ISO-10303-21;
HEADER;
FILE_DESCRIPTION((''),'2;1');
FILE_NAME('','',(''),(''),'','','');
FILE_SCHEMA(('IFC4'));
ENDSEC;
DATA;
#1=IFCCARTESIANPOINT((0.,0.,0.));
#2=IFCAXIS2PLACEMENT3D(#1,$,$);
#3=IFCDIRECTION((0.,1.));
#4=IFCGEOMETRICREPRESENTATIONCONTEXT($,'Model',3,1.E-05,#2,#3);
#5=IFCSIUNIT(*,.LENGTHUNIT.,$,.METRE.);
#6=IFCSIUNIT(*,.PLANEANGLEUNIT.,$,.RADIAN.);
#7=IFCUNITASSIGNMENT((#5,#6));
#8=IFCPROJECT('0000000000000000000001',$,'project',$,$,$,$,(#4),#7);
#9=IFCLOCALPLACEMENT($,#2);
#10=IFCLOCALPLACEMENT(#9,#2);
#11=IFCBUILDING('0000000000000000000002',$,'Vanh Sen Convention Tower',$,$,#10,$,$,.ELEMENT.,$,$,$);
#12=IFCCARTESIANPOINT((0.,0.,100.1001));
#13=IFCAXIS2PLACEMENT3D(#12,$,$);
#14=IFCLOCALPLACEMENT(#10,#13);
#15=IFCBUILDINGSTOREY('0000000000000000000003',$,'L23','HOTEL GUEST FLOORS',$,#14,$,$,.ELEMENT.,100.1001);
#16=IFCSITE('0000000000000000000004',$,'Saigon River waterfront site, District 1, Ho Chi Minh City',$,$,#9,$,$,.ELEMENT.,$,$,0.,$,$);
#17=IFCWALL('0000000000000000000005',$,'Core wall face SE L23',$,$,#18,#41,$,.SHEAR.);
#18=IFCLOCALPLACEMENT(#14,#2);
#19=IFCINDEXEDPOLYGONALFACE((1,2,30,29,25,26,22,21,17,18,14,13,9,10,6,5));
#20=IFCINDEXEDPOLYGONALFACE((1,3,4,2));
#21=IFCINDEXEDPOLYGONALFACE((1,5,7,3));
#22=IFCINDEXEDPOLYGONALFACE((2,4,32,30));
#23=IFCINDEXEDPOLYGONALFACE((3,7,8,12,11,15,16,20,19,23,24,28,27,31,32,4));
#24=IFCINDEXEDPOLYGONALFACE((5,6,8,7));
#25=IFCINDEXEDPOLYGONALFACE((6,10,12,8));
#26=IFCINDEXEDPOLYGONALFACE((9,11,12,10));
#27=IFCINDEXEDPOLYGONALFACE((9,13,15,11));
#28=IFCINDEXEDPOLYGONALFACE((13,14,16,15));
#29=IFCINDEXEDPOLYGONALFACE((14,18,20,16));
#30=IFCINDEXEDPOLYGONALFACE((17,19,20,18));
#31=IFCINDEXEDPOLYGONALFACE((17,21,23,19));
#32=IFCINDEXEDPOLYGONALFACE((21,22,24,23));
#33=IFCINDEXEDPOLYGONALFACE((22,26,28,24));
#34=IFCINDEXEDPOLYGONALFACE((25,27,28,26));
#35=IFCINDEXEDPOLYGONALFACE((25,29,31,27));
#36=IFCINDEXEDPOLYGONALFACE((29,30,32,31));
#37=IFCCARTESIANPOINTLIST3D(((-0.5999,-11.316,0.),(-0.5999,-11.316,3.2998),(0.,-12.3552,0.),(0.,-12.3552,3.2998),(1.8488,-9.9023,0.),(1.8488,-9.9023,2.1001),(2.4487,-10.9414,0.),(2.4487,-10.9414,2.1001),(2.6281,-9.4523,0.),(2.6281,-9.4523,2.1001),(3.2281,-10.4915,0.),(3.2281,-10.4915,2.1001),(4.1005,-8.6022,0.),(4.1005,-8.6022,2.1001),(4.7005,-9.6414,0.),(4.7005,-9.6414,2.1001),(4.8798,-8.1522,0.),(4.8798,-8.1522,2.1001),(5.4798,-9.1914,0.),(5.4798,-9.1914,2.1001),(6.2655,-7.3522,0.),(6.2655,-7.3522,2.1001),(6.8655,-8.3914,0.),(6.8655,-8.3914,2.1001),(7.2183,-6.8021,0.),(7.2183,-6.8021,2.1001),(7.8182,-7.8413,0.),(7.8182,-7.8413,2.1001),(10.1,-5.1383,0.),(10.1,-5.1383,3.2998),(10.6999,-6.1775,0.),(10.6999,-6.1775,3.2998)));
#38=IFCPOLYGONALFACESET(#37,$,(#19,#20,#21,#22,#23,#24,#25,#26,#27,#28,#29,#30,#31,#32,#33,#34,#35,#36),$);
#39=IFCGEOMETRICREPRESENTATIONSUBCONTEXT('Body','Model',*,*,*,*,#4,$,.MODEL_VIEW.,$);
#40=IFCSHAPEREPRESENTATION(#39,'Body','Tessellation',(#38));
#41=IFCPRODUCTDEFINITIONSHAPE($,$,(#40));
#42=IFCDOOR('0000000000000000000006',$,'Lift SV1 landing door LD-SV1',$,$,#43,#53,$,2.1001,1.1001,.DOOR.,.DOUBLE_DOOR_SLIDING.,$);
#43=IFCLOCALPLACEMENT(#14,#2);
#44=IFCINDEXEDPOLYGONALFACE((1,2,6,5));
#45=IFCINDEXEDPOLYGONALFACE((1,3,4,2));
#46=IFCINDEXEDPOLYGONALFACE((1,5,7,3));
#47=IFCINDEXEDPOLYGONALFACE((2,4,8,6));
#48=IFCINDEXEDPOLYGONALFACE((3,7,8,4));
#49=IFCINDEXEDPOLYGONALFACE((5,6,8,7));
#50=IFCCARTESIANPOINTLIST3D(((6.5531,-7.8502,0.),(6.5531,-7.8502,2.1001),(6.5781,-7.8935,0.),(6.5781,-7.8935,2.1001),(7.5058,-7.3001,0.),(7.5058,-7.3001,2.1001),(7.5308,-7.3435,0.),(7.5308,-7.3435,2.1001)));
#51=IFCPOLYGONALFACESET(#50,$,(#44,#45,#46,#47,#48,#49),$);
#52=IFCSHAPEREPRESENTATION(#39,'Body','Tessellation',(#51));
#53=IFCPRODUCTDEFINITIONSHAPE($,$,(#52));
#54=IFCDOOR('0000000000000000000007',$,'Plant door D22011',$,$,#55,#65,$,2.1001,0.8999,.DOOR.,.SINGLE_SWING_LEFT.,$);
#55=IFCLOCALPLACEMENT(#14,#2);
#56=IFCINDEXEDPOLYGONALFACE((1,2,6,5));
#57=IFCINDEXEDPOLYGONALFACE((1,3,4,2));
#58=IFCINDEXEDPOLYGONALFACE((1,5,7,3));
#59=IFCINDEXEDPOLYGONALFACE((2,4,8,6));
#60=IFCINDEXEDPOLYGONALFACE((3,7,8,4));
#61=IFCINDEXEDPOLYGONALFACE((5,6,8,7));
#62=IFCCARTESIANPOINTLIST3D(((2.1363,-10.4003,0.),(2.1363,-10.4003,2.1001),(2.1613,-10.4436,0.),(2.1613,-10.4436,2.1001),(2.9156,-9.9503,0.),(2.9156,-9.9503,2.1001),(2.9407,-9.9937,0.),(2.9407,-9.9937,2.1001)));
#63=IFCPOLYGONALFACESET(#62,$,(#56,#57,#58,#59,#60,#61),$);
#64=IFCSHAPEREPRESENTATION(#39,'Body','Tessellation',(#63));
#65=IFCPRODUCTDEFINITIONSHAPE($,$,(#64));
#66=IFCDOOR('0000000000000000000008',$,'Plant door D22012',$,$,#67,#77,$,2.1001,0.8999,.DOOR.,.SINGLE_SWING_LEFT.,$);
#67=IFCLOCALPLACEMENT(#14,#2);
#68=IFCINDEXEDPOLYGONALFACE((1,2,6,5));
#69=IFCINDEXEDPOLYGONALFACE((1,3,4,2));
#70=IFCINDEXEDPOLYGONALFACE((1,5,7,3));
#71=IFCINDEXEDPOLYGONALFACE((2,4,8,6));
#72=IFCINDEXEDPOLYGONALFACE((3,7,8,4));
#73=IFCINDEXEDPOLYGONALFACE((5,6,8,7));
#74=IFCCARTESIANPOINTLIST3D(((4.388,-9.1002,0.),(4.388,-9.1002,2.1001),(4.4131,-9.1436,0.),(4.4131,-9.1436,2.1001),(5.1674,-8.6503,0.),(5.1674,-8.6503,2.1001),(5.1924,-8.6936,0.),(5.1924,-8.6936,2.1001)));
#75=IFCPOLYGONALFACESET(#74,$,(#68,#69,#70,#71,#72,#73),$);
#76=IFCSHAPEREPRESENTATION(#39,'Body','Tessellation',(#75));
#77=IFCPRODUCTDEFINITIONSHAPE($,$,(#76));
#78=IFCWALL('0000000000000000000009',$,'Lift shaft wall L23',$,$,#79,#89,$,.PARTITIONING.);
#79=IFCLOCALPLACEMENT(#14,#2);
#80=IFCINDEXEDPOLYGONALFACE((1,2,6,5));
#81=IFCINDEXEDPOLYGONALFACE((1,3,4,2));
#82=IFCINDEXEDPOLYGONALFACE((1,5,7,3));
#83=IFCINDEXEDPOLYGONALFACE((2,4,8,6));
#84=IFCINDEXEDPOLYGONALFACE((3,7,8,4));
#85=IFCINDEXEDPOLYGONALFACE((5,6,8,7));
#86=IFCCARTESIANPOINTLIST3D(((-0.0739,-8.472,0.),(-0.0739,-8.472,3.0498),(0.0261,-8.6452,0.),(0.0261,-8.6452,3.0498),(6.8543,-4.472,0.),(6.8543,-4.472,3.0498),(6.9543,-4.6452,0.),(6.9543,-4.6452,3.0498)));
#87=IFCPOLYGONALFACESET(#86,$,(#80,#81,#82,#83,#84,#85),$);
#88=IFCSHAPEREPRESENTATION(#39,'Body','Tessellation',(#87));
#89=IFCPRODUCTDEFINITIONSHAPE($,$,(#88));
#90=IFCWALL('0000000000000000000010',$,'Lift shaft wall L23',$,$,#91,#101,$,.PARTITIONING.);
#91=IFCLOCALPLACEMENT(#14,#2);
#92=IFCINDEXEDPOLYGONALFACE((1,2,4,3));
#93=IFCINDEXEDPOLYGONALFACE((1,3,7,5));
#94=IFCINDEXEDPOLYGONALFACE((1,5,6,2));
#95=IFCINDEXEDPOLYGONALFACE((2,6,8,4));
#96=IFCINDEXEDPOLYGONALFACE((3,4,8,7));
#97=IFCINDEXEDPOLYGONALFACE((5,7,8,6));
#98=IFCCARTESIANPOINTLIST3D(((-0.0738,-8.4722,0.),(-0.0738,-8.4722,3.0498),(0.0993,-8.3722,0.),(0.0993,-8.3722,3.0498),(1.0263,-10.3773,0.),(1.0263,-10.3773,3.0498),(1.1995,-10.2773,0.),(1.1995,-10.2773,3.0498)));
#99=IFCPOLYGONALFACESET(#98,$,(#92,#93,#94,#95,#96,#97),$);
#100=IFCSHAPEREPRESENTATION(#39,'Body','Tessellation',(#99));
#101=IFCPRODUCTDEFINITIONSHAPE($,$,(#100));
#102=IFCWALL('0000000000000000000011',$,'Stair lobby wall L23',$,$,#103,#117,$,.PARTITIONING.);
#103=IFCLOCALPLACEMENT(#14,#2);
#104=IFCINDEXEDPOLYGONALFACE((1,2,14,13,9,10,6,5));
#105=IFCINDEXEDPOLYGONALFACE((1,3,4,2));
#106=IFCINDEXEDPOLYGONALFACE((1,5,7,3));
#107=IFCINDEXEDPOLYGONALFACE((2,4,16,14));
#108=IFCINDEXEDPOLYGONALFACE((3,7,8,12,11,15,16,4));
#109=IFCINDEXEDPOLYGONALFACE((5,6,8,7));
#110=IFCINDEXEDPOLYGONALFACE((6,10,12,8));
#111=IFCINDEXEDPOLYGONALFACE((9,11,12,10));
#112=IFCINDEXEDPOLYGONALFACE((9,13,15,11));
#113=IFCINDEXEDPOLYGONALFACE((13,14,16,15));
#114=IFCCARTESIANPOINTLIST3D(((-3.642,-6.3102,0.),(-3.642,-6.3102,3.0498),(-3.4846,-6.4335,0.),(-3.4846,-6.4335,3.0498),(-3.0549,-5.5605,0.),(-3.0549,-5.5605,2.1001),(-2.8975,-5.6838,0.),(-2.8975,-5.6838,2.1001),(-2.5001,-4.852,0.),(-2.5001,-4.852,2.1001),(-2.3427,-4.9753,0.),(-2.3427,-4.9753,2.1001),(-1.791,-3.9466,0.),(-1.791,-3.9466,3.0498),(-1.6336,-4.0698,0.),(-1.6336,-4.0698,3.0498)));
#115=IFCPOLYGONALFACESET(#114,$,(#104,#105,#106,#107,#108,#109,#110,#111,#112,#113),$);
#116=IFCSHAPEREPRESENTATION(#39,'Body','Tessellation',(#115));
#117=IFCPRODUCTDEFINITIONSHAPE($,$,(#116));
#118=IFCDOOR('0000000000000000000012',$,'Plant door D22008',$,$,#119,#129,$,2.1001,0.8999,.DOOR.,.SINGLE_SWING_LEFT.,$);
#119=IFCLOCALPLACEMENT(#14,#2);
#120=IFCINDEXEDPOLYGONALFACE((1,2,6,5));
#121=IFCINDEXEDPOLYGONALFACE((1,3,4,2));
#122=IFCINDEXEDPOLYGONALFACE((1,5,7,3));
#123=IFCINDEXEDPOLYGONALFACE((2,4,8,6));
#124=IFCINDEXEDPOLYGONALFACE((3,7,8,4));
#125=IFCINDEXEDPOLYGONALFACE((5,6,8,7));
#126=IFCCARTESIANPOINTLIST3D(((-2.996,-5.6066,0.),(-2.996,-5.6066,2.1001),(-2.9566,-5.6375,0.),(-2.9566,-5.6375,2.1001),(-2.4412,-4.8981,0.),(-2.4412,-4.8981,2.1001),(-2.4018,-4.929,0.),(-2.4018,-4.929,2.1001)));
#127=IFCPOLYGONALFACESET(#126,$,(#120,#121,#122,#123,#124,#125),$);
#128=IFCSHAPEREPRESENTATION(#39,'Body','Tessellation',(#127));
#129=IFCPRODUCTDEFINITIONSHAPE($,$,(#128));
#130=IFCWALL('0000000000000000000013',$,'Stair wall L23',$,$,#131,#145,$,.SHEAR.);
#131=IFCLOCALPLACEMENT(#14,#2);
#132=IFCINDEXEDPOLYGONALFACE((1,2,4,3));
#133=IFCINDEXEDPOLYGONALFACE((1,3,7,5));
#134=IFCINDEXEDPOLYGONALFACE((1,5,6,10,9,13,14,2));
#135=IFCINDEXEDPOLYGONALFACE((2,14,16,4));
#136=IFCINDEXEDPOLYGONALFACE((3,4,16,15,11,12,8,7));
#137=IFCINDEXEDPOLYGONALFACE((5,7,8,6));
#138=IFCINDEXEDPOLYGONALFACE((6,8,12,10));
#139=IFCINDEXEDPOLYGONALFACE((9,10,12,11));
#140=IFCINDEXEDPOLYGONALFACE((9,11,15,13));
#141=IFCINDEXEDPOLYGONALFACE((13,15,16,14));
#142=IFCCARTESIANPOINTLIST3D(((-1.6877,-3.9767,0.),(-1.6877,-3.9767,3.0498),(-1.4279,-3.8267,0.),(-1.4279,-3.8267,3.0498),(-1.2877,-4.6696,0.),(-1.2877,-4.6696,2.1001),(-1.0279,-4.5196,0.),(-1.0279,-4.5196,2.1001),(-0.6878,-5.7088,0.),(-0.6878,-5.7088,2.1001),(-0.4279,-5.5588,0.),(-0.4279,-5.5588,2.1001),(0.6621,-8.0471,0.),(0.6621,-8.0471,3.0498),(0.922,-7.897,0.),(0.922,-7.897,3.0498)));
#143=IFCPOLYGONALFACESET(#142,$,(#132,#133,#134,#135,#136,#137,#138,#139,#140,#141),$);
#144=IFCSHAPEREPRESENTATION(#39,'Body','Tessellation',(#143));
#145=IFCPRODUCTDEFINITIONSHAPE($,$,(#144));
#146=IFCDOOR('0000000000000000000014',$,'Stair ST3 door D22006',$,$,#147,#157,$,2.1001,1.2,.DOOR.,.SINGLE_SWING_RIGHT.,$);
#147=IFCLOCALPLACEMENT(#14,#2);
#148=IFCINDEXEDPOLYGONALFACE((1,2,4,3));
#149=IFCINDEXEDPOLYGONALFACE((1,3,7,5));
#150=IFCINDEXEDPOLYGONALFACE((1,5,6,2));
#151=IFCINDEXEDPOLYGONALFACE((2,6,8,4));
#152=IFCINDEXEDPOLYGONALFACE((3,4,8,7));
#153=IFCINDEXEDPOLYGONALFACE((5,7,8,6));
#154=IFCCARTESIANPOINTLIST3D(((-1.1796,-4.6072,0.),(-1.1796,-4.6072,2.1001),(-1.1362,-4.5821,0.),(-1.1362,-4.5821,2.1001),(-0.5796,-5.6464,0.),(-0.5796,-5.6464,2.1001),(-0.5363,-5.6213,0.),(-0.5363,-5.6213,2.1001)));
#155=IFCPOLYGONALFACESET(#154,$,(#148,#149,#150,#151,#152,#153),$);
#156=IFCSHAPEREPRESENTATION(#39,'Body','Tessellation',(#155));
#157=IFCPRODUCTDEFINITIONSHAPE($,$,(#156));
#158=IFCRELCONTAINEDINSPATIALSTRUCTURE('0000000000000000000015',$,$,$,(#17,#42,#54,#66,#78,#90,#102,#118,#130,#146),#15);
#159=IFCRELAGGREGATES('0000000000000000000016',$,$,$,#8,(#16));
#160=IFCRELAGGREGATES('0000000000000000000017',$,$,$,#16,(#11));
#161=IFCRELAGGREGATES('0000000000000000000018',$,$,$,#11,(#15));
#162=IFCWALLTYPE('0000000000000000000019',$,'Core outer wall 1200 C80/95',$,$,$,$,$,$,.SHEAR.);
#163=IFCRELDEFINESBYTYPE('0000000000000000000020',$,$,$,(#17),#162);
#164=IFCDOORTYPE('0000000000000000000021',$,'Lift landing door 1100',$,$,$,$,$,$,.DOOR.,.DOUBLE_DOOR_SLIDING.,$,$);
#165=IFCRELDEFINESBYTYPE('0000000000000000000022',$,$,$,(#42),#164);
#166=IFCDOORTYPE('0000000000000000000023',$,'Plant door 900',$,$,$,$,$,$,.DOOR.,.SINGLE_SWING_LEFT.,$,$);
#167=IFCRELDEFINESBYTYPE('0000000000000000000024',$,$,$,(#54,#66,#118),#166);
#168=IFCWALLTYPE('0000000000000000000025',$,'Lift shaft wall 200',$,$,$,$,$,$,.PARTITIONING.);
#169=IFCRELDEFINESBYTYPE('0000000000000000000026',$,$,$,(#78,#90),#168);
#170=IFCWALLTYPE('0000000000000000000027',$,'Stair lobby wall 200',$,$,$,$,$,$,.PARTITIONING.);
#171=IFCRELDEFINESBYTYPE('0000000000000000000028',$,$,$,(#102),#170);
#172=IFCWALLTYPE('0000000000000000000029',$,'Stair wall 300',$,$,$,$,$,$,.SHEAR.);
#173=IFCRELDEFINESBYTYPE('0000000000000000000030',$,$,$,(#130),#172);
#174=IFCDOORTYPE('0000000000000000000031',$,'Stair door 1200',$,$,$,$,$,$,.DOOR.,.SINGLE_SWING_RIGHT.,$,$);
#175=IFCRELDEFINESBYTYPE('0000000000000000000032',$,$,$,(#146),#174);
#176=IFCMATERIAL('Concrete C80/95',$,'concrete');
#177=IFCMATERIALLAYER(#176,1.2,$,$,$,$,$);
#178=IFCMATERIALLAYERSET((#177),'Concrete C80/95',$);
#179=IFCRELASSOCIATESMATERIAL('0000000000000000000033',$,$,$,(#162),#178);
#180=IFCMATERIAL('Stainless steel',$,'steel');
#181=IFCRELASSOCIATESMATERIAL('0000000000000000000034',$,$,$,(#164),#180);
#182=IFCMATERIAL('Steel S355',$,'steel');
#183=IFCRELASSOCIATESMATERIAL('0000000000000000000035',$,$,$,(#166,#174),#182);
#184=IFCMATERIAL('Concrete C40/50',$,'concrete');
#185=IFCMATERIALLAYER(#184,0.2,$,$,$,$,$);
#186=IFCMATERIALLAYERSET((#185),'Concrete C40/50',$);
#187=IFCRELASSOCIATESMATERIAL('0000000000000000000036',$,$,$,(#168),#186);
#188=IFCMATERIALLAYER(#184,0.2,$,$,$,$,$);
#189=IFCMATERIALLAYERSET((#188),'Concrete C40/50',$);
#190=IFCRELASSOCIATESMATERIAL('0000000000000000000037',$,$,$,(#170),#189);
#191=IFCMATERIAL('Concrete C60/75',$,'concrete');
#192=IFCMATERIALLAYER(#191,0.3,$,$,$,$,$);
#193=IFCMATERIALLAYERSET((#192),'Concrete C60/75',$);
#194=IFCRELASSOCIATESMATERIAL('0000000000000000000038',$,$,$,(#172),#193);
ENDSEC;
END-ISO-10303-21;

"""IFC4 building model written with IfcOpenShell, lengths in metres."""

from ifc_helpers import new_model, si_unit, direction, frame, frame_2d, origin, place, context, subcontext, project, spatial, rectangle, extrude, material, layer, layer_set, type_object, element, fill, save


model = new_model("IFC4")

# Units and contexts
model_context = context("Model", 3, precision=1e-05, world=origin(), true_north=direction((0.0, 1.0)))
body_context = subcontext(model_context, "Body", "Model", "MODEL_VIEW")
ifc_project = project(units=[si_unit("LENGTHUNIT", "METRE"), si_unit("PLANEANGLEUNIT", "RADIAN")], contexts=[model_context])

# Site, building, storey
site_placement = place(None, origin())
site = spatial("IfcSite", under=ifc_project, at=site_placement, Name="Saigon River waterfront site, District 1, Ho Chi Minh City", CompositionType="ELEMENT", RefElevation=0.0)
building_placement = place(site_placement, origin())
building = spatial("IfcBuilding", under=site, at=building_placement, Name="Vanh Sen Convention Tower", CompositionType="ELEMENT")
storey_placement = place(building_placement, frame((0.0, 0.0, 100.1001)))
storey = spatial("IfcBuildingStorey", under=building, at=storey_placement, Name="L23", Description="HOTEL GUEST FLOORS", CompositionType="ELEMENT", Elevation=100.1001)

# Shared definitions
ifc_material_1 = material(Name="Concrete C40/50", Category="concrete")

# Wall, openings, doors
ifc_material_2 = material(Name="Concrete C80/95", Category="concrete")
ifc_layer_1 = layer(ifc_material_2, 1.2)
ifc_layer_set_1 = layer_set([ifc_layer_1], Name="Concrete C80/95")
wall_type_1 = type_object("IfcWallType", Name="Core outer wall 1200 C80/95", PredefinedType="SHEAR", material=ifc_layer_set_1)
wall_1_placement = place(storey_placement, frame((-0.3, -11.8357, 0.0), z_axis=(0.0, 0.0, 1.0), x_axis=(0.866021, 0.500007, 0.0)))
wall_1 = element("IfcWall", 1, at=wall_1_placement, inside=storey, type_object=wall_type_1, Name="Core wall face SE L23", PredefinedType="SHEAR", context=body_context, shape_type="SweptSolid", body=[
    extrude(rectangle(XDim=12.3552, YDim=1.2, at=frame_2d((6.1777, 0.0))), origin(), (0.0, 0.0, 1.0), 3.2998),
])
opening_1_placement = place(wall_1_placement, frame((2.8276, 0.0, 0.0)))
opening_1 = element("IfcOpeningElement", 2, at=opening_1_placement, cuts=wall_1, PredefinedType="OPENING", context=body_context, shape_type="SweptSolid", body=[
    extrude(rectangle(XDim=0.8999, YDim=2.1001, at=frame_2d((0.45, 1.05))), frame((0.0, 0.6099, 0.0), z_axis=(0.0, -1.0, 0.0), x_axis=(1.0, 0.0, 0.0)), (0.0, 0.0, 1.0), 1.22),
])
opening_2_placement = place(wall_1_placement, frame((5.4277, 0.0, 0.0)))
opening_2 = element("IfcOpeningElement", 3, at=opening_2_placement, cuts=wall_1, PredefinedType="OPENING", context=body_context, shape_type="SweptSolid", body=[
    extrude(rectangle(XDim=0.8999, YDim=2.1001, at=frame_2d((0.45, 1.05))), frame((0.0, 0.6099, 0.0), z_axis=(0.0, -1.0, 0.0), x_axis=(1.0, 0.0, 0.0)), (0.0, 0.0, 1.0), 1.22),
])
opening_3_placement = place(wall_1_placement, frame((7.9277, 0.0, 0.0)))
opening_3 = element("IfcOpeningElement", 4, at=opening_3_placement, cuts=wall_1, PredefinedType="OPENING", context=body_context, shape_type="SweptSolid", body=[
    extrude(rectangle(XDim=1.1001, YDim=2.1001, at=frame_2d((0.55, 1.05))), frame((0.0, 0.6099, 0.0), z_axis=(0.0, -1.0, 0.0), x_axis=(1.0, 0.0, 0.0)), (0.0, 0.0, 1.0), 1.22),
])
ifc_material_3 = material(Name="Stainless steel", Category="steel")
door_type_1 = type_object("IfcDoorType", Name="Lift landing door 1100", OperationType="DOUBLE_DOOR_SLIDING", PredefinedType="DOOR", material=ifc_material_3)
door_1_placement = place(opening_3_placement, origin())
door_1 = element("IfcDoor", 5, at=door_1_placement, inside=storey, type_object=door_type_1, Name="Lift SV1 landing door LD-SV1", OperationType="DOUBLE_DOOR_SLIDING", OverallHeight=2.1001, OverallWidth=1.1001, PredefinedType="DOOR", context=body_context, shape_type="SweptSolid", body=[
    extrude(rectangle(XDim=1.1001, YDim=2.1001, at=frame_2d((0.55, 1.05))), frame((0.0, 0.0249, 0.0), z_axis=(0.0, -1.0, 0.0), x_axis=(1.0, 0.0, 0.0)), (0.0, 0.0, 1.0), 0.05),
])
fill(opening_3, door_1)
ifc_material_4 = material(Name="Steel S355", Category="steel")
door_type_2 = type_object("IfcDoorType", Name="Plant door 900", OperationType="SINGLE_SWING_LEFT", PredefinedType="DOOR", material=ifc_material_4)
door_2_placement = place(opening_1_placement, origin())
door_2 = element("IfcDoor", 6, at=door_2_placement, inside=storey, type_object=door_type_2, Name="Plant door D22011", OperationType="SINGLE_SWING_LEFT", OverallHeight=2.1001, OverallWidth=0.8999, PredefinedType="DOOR", context=body_context, shape_type="SweptSolid", body=[
    extrude(rectangle(XDim=0.8999, YDim=2.1001, at=frame_2d((0.45, 1.05))), frame((0.0, 0.0249, 0.0), z_axis=(0.0, -1.0, 0.0), x_axis=(1.0, 0.0, 0.0)), (0.0, 0.0, 1.0), 0.05),
])
fill(opening_1, door_2)
door_3_placement = place(opening_2_placement, origin())
door_3 = element("IfcDoor", 7, at=door_3_placement, inside=storey, type_object=door_type_2, Name="Plant door D22012", OperationType="SINGLE_SWING_LEFT", OverallHeight=2.1001, OverallWidth=0.8999, PredefinedType="DOOR", context=body_context, shape_type="SweptSolid", body=[
    extrude(rectangle(XDim=0.8999, YDim=2.1001, at=frame_2d((0.45, 1.05))), frame((0.0, 0.0249, 0.0), z_axis=(0.0, -1.0, 0.0), x_axis=(1.0, 0.0, 0.0)), (0.0, 0.0, 1.0), 0.05),
])
fill(opening_2, door_3)

# Walls
ifc_layer_2 = layer(ifc_material_1, 0.2)
ifc_layer_set_2 = layer_set([ifc_layer_2], Name="Concrete C40/50")
wall_type_2 = type_object("IfcWallType", Name="Lift shaft wall 200", PredefinedType="PARTITIONING", material=ifc_layer_set_2)
wall_2_placement = place(storey_placement, frame((-0.0239, -8.5586, 0.0), z_axis=(0.0, 0.0, 1.0), x_axis=(0.866026, 0.499999, 0.0)))
element("IfcWall", 8, at=wall_2_placement, inside=storey, type_object=wall_type_2, Name="Lift shaft wall L23", PredefinedType="PARTITIONING", context=body_context, shape_type="SweptSolid", body=[
    extrude(rectangle(XDim=8.0, YDim=0.2, at=frame_2d((4.0, 0.0))), origin(), (0.0, 0.0, 1.0), 3.0498),
])
wall_3_placement = place(storey_placement, frame((0.0127, -8.4221, 0.0), z_axis=(0.0, 0.0, 1.0), x_axis=(0.500078, -0.86598, 0.0)))
element("IfcWall", 9, at=wall_3_placement, inside=storey, type_object=wall_type_2, Name="Lift shaft wall L23", PredefinedType="PARTITIONING", context=body_context, shape_type="SweptSolid", body=[
    extrude(rectangle(XDim=2.2, YDim=0.2, at=frame_2d((1.1001, 0.0))), origin(), (0.0, 0.0, 1.0), 3.0498),
])

# Walls, openings, doors
ifc_layer_3 = layer(ifc_material_1, 0.2)
ifc_layer_set_3 = layer_set([ifc_layer_3], Name="Concrete C40/50")
wall_type_3 = type_object("IfcWallType", Name="Stair lobby wall 200", PredefinedType="PARTITIONING", material=ifc_layer_set_3)
wall_4_placement = place(storey_placement, frame((-1.7124, -4.0083, 0.0), z_axis=(0.0, 0.0, 1.0), x_axis=(-0.616549, -0.787316, 0.0)))
wall_4 = element("IfcWall", 10, at=wall_4_placement, inside=storey, type_object=wall_type_3, Name="Stair lobby wall L23", PredefinedType="PARTITIONING", context=body_context, shape_type="SweptSolid", body=[
    extrude(rectangle(XDim=3.0022, YDim=0.2, at=frame_2d((1.501, 0.0))), origin(), (0.0, 0.0, 1.0), 3.0498),
])
opening_4_placement = place(wall_4_placement, frame((1.1499, 0.0, 0.0)))
opening_4 = element("IfcOpeningElement", 11, at=opening_4_placement, cuts=wall_4, PredefinedType="OPENING", context=body_context, shape_type="SweptSolid", body=[
    extrude(rectangle(XDim=0.8999, YDim=2.1001, at=frame_2d((0.45, 1.05))), frame((0.0, 0.1099, 0.0), z_axis=(0.0, -1.0, 0.0), x_axis=(1.0, 0.0, 0.0)), (0.0, 0.0, 1.0), 0.22),
])
door_4_placement = place(opening_4_placement, origin())
door_4 = element("IfcDoor", 12, at=door_4_placement, inside=storey, type_object=door_type_2, Name="Plant door D22008", OperationType="SINGLE_SWING_LEFT", OverallHeight=2.1001, OverallWidth=0.8999, PredefinedType="DOOR", context=body_context, shape_type="SweptSolid", body=[
    extrude(rectangle(XDim=0.8999, YDim=2.1001, at=frame_2d((0.45, 1.05))), frame((0.0, 0.0249, 0.0), z_axis=(0.0, -1.0, 0.0), x_axis=(1.0, 0.0, 0.0)), (0.0, 0.0, 1.0), 0.05),
])
fill(opening_4, door_4)
ifc_material_5 = material(Name="Concrete C60/75", Category="concrete")
ifc_layer_4 = layer(ifc_material_5, 0.3)
ifc_layer_set_4 = layer_set([ifc_layer_4], Name="Concrete C60/75")
wall_type_4 = type_object("IfcWallType", Name="Stair wall 300", PredefinedType="SHEAR", material=ifc_layer_set_4)
wall_5_placement = place(storey_placement, frame((-1.5579, -3.9016, 0.0), z_axis=(0.0, 0.0, 1.0), x_axis=(0.499977, -0.866039, 0.0)))
wall_5 = element("IfcWall", 13, at=wall_5_placement, inside=storey, type_object=wall_type_4, Name="Stair wall L23", PredefinedType="SHEAR", context=body_context, shape_type="SweptSolid", body=[
    extrude(rectangle(XDim=4.7, YDim=0.3, at=frame_2d((2.3501, 0.0))), origin(), (0.0, 0.0, 1.0), 3.0498),
])
opening_5_placement = place(wall_5_placement, frame((0.8, 0.0, 0.0)))
opening_5 = element("IfcOpeningElement", 14, at=opening_5_placement, cuts=wall_5, PredefinedType="OPENING", context=body_context, shape_type="SweptSolid", body=[
    extrude(rectangle(XDim=1.2, YDim=2.1001, at=frame_2d((0.6001, 1.05))), frame((0.0, 0.1599, 0.0), z_axis=(0.0, -1.0, 0.0), x_axis=(1.0, 0.0, 0.0)), (0.0, 0.0, 1.0), 0.3201),
])
door_type_3 = type_object("IfcDoorType", Name="Stair door 1200", OperationType="SINGLE_SWING_RIGHT", PredefinedType="DOOR", material=ifc_material_4)
door_5_placement = place(opening_5_placement, origin())
door_5 = element("IfcDoor", 15, at=door_5_placement, inside=storey, type_object=door_type_3, Name="Stair ST3 door D22006", OperationType="SINGLE_SWING_RIGHT", OverallHeight=2.1001, OverallWidth=1.2, PredefinedType="DOOR", context=body_context, shape_type="SweptSolid", body=[
    extrude(rectangle(XDim=1.2, YDim=2.1001, at=frame_2d((0.6001, 1.05))), frame((0.0, 0.0249, 0.0), z_axis=(0.0, -1.0, 0.0), x_axis=(1.0, 0.0, 0.0)), (0.0, 0.0, 1.0), 0.05),
])
fill(opening_5, door_5)

save(model, "model.ifc")
